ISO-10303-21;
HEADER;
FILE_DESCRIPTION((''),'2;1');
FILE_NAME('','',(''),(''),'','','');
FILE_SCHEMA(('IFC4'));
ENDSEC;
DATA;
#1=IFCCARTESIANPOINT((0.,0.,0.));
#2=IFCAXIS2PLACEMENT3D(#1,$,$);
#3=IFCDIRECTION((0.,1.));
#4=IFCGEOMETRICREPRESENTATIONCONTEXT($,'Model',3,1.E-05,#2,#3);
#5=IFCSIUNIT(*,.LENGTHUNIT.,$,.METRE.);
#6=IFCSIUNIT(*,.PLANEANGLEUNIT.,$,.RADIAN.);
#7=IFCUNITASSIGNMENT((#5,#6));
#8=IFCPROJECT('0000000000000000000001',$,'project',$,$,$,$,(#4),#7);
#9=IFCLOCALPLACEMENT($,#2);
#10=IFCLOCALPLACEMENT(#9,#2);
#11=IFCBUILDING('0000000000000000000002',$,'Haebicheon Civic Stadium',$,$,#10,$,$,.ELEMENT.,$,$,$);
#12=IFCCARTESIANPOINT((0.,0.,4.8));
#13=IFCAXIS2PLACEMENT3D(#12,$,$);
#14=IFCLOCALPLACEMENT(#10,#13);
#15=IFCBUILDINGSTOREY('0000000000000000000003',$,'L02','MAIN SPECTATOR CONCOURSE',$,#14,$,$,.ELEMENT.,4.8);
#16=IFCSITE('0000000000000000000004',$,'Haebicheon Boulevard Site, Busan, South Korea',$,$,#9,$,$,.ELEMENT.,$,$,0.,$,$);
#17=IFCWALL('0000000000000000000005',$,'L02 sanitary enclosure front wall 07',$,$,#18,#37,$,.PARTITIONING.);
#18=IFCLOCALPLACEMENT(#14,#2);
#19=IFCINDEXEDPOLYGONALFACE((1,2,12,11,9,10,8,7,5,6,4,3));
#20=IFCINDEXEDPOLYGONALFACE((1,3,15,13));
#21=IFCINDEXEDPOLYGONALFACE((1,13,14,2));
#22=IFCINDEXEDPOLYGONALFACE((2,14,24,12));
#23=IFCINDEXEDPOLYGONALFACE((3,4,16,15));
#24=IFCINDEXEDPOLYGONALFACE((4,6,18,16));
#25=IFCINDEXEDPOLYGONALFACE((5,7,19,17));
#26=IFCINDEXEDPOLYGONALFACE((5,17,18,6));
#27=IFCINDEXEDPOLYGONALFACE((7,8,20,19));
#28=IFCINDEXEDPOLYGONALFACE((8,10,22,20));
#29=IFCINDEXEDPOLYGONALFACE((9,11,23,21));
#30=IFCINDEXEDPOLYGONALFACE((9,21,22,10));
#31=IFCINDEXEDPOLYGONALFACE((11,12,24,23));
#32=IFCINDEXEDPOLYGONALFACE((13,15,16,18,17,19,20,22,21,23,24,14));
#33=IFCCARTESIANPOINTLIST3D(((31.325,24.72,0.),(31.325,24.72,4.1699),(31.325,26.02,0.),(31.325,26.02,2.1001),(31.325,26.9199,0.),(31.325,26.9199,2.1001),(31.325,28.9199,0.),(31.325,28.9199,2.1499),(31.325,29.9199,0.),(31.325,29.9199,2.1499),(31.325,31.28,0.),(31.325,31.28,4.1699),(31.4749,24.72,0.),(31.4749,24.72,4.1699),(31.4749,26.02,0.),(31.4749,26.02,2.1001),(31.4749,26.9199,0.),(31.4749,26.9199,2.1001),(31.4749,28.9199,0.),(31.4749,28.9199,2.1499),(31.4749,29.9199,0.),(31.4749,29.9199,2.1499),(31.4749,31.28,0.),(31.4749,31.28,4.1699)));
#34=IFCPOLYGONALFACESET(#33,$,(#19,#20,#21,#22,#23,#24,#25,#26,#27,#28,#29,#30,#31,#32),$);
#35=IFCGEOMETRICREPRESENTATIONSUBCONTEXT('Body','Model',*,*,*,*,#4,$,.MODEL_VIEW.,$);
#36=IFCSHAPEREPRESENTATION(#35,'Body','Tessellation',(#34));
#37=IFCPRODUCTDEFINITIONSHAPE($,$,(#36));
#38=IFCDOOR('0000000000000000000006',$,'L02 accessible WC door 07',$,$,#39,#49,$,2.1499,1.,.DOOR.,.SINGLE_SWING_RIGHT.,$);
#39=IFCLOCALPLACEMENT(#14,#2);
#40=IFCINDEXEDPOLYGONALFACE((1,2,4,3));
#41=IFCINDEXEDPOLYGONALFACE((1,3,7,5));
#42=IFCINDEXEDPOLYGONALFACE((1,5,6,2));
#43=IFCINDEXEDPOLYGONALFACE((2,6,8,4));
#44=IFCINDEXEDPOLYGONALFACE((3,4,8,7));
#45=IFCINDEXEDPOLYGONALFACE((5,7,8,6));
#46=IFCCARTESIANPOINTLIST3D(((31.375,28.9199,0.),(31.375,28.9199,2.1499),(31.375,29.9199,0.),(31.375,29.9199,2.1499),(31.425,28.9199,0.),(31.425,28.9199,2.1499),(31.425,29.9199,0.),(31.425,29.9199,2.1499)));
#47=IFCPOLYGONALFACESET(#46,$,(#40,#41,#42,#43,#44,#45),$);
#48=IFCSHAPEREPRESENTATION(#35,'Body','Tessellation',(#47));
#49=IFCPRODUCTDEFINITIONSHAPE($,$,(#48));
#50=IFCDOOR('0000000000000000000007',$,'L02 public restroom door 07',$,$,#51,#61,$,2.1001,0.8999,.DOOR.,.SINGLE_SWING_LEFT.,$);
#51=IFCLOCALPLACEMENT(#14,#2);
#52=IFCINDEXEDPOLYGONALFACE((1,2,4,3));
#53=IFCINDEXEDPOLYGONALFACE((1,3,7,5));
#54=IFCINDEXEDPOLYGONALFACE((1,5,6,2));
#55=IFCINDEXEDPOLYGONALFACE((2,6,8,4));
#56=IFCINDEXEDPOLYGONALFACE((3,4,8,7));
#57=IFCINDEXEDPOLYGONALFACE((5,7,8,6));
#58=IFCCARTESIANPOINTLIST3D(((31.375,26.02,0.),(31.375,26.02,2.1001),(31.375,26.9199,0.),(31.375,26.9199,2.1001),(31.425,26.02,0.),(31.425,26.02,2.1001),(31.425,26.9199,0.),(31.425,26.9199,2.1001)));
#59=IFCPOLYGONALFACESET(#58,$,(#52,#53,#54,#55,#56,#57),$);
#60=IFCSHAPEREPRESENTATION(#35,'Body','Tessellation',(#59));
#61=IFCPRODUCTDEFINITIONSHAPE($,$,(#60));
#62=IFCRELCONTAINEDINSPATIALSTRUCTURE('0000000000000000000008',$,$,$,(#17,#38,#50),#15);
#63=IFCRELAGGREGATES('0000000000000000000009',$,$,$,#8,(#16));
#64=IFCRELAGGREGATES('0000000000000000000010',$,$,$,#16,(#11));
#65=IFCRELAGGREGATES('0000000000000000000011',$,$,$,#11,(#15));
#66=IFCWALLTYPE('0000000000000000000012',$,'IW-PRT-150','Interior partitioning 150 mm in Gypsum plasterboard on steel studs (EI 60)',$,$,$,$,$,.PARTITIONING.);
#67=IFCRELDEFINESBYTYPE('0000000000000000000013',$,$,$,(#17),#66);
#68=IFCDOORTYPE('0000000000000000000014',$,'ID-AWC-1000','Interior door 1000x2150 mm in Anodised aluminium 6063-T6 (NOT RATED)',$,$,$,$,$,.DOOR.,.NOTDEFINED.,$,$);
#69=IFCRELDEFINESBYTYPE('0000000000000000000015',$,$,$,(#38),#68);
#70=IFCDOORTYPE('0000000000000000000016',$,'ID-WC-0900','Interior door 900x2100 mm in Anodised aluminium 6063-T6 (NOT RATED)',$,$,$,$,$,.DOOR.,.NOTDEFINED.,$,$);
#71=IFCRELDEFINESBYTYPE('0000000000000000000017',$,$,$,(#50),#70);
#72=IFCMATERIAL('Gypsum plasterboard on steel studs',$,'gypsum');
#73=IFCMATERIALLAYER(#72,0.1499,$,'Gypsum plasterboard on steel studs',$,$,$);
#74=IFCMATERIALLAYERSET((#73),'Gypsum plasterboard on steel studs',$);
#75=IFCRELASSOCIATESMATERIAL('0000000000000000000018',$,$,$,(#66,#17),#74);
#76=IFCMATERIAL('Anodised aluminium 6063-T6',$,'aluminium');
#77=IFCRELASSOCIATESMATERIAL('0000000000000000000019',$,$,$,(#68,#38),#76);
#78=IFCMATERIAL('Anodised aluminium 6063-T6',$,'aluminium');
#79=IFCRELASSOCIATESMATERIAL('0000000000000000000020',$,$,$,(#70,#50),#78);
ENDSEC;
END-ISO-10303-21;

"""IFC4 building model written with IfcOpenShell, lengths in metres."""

from ifc_helpers import new_model, si_unit, direction, frame, frame_2d, origin, place, context, subcontext, project, spatial, rectangle, extrude, material, layer, layer_set, type_object, element, fill, save


model = new_model("IFC4")

# Units and contexts
model_context = context("Model", 3, precision=1e-05, world=origin(), true_north=direction((0.0, 1.0)))
body_context = subcontext(model_context, "Body", "Model", "MODEL_VIEW")
ifc_project = project(units=[si_unit("LENGTHUNIT", "METRE"), si_unit("PLANEANGLEUNIT", "RADIAN")], contexts=[model_context])

# Site, building, storey
site_placement = place(None, origin())
site = spatial("IfcSite", under=ifc_project, at=site_placement, Name="Haebicheon Boulevard Site, Busan, South Korea", CompositionType="ELEMENT", RefElevation=0.0)
building_placement = place(site_placement, origin())
building = spatial("IfcBuilding", under=site, at=building_placement, Name="Haebicheon Civic Stadium", CompositionType="ELEMENT")
storey_placement = place(building_placement, frame((0.0, 0.0, 4.8)))
storey = spatial("IfcBuildingStorey", under=building, at=storey_placement, Name="L02", Description="MAIN SPECTATOR CONCOURSE", CompositionType="ELEMENT", Elevation=4.8)

# Wall, openings, doors
ifc_material_1 = material(Name="Gypsum plasterboard on steel studs", Category="gypsum")
ifc_layer_1 = layer(ifc_material_1, 0.1499, Name="Gypsum plasterboard on steel studs")
ifc_layer_set_1 = layer_set([ifc_layer_1], Name="Gypsum plasterboard on steel studs")
wall_type_1 = type_object("IfcWallType", Name="IW-PRT-150", Description="Interior partitioning 150 mm in Gypsum plasterboard on steel studs (EI 60)", PredefinedType="PARTITIONING", material=ifc_layer_set_1)
wall_1_placement = place(storey_placement, frame((31.3999, 24.72, 0.0), z_axis=(0.0, 0.0, 1.0), x_axis=(0.0, 1.0, 0.0)))
wall_1 = element("IfcWall", 1, at=wall_1_placement, inside=storey, type_object=wall_type_1, material=ifc_layer_set_1, Name="L02 sanitary enclosure front wall 07", PredefinedType="PARTITIONING", context=body_context, shape_type="SweptSolid", body=[
    extrude(rectangle(XDim=6.5601, YDim=0.1499, at=frame_2d((3.28, 0.0))), origin(), (0.0, 0.0, 1.0), 4.1699),
])
opening_1_placement = place(wall_1_placement, frame((1.3, 0.0, 0.0)))
opening_1 = element("IfcOpeningElement", 2, at=opening_1_placement, cuts=wall_1, PredefinedType="OPENING", context=body_context, shape_type="SweptSolid", body=[
    extrude(rectangle(XDim=0.8999, YDim=2.1001, at=frame_2d((0.45, 1.05))), frame((0.0, 0.085, 0.0), z_axis=(0.0, -1.0, 0.0), x_axis=(1.0, 0.0, 0.0)), (0.0, 0.0, 1.0), 0.1699),
])
opening_2_placement = place(wall_1_placement, frame((4.2, 0.0, 0.0)))
opening_2 = element("IfcOpeningElement", 3, at=opening_2_placement, cuts=wall_1, PredefinedType="OPENING", context=body_context, shape_type="SweptSolid", body=[
    extrude(rectangle(XDim=1.0, YDim=2.1499, at=frame_2d((0.5, 1.075))), frame((0.0, 0.085, 0.0), z_axis=(0.0, -1.0, 0.0), x_axis=(1.0, 0.0, 0.0)), (0.0, 0.0, 1.0), 0.1699),
])
ifc_material_2 = material(Name="Anodised aluminium 6063-T6", Category="aluminium")
door_type_1 = type_object("IfcDoorType", Name="ID-AWC-1000", Description="Interior door 1000x2150 mm in Anodised aluminium 6063-T6 (NOT RATED)", OperationType="NOTDEFINED", PredefinedType="DOOR", material=ifc_material_2)
door_1_placement = place(opening_2_placement, origin())
door_1 = element("IfcDoor", 4, at=door_1_placement, inside=storey, type_object=door_type_1, material=ifc_material_2, Name="L02 accessible WC door 07", OperationType="SINGLE_SWING_RIGHT", OverallHeight=2.1499, OverallWidth=1.0, PredefinedType="DOOR", context=body_context, shape_type="SweptSolid", body=[
    extrude(rectangle(XDim=1.0, YDim=2.1499, at=frame_2d((0.5, 1.075))), frame((0.0, 0.0249, 0.0), z_axis=(0.0, -1.0, 0.0), x_axis=(1.0, 0.0, 0.0)), (0.0, 0.0, 1.0), 0.05),
])
fill(opening_2, door_1)
ifc_material_3 = material(Name="Anodised aluminium 6063-T6", Category="aluminium")
door_type_2 = type_object("IfcDoorType", Name="ID-WC-0900", Description="Interior door 900x2100 mm in Anodised aluminium 6063-T6 (NOT RATED)", OperationType="NOTDEFINED", PredefinedType="DOOR", material=ifc_material_3)
door_2_placement = place(opening_1_placement, origin())
door_2 = element("IfcDoor", 5, at=door_2_placement, inside=storey, type_object=door_type_2, material=ifc_material_3, Name="L02 public restroom door 07", OperationType="SINGLE_SWING_LEFT", OverallHeight=2.1001, OverallWidth=0.8999, PredefinedType="DOOR", context=body_context, shape_type="SweptSolid", body=[
    extrude(rectangle(XDim=0.8999, YDim=2.1001, at=frame_2d((0.45, 1.05))), frame((0.0, 0.0249, 0.0), z_axis=(0.0, -1.0, 0.0), x_axis=(1.0, 0.0, 0.0)), (0.0, 0.0, 1.0), 0.05),
])
fill(opening_1, door_2)

save(model, "model.ifc")
